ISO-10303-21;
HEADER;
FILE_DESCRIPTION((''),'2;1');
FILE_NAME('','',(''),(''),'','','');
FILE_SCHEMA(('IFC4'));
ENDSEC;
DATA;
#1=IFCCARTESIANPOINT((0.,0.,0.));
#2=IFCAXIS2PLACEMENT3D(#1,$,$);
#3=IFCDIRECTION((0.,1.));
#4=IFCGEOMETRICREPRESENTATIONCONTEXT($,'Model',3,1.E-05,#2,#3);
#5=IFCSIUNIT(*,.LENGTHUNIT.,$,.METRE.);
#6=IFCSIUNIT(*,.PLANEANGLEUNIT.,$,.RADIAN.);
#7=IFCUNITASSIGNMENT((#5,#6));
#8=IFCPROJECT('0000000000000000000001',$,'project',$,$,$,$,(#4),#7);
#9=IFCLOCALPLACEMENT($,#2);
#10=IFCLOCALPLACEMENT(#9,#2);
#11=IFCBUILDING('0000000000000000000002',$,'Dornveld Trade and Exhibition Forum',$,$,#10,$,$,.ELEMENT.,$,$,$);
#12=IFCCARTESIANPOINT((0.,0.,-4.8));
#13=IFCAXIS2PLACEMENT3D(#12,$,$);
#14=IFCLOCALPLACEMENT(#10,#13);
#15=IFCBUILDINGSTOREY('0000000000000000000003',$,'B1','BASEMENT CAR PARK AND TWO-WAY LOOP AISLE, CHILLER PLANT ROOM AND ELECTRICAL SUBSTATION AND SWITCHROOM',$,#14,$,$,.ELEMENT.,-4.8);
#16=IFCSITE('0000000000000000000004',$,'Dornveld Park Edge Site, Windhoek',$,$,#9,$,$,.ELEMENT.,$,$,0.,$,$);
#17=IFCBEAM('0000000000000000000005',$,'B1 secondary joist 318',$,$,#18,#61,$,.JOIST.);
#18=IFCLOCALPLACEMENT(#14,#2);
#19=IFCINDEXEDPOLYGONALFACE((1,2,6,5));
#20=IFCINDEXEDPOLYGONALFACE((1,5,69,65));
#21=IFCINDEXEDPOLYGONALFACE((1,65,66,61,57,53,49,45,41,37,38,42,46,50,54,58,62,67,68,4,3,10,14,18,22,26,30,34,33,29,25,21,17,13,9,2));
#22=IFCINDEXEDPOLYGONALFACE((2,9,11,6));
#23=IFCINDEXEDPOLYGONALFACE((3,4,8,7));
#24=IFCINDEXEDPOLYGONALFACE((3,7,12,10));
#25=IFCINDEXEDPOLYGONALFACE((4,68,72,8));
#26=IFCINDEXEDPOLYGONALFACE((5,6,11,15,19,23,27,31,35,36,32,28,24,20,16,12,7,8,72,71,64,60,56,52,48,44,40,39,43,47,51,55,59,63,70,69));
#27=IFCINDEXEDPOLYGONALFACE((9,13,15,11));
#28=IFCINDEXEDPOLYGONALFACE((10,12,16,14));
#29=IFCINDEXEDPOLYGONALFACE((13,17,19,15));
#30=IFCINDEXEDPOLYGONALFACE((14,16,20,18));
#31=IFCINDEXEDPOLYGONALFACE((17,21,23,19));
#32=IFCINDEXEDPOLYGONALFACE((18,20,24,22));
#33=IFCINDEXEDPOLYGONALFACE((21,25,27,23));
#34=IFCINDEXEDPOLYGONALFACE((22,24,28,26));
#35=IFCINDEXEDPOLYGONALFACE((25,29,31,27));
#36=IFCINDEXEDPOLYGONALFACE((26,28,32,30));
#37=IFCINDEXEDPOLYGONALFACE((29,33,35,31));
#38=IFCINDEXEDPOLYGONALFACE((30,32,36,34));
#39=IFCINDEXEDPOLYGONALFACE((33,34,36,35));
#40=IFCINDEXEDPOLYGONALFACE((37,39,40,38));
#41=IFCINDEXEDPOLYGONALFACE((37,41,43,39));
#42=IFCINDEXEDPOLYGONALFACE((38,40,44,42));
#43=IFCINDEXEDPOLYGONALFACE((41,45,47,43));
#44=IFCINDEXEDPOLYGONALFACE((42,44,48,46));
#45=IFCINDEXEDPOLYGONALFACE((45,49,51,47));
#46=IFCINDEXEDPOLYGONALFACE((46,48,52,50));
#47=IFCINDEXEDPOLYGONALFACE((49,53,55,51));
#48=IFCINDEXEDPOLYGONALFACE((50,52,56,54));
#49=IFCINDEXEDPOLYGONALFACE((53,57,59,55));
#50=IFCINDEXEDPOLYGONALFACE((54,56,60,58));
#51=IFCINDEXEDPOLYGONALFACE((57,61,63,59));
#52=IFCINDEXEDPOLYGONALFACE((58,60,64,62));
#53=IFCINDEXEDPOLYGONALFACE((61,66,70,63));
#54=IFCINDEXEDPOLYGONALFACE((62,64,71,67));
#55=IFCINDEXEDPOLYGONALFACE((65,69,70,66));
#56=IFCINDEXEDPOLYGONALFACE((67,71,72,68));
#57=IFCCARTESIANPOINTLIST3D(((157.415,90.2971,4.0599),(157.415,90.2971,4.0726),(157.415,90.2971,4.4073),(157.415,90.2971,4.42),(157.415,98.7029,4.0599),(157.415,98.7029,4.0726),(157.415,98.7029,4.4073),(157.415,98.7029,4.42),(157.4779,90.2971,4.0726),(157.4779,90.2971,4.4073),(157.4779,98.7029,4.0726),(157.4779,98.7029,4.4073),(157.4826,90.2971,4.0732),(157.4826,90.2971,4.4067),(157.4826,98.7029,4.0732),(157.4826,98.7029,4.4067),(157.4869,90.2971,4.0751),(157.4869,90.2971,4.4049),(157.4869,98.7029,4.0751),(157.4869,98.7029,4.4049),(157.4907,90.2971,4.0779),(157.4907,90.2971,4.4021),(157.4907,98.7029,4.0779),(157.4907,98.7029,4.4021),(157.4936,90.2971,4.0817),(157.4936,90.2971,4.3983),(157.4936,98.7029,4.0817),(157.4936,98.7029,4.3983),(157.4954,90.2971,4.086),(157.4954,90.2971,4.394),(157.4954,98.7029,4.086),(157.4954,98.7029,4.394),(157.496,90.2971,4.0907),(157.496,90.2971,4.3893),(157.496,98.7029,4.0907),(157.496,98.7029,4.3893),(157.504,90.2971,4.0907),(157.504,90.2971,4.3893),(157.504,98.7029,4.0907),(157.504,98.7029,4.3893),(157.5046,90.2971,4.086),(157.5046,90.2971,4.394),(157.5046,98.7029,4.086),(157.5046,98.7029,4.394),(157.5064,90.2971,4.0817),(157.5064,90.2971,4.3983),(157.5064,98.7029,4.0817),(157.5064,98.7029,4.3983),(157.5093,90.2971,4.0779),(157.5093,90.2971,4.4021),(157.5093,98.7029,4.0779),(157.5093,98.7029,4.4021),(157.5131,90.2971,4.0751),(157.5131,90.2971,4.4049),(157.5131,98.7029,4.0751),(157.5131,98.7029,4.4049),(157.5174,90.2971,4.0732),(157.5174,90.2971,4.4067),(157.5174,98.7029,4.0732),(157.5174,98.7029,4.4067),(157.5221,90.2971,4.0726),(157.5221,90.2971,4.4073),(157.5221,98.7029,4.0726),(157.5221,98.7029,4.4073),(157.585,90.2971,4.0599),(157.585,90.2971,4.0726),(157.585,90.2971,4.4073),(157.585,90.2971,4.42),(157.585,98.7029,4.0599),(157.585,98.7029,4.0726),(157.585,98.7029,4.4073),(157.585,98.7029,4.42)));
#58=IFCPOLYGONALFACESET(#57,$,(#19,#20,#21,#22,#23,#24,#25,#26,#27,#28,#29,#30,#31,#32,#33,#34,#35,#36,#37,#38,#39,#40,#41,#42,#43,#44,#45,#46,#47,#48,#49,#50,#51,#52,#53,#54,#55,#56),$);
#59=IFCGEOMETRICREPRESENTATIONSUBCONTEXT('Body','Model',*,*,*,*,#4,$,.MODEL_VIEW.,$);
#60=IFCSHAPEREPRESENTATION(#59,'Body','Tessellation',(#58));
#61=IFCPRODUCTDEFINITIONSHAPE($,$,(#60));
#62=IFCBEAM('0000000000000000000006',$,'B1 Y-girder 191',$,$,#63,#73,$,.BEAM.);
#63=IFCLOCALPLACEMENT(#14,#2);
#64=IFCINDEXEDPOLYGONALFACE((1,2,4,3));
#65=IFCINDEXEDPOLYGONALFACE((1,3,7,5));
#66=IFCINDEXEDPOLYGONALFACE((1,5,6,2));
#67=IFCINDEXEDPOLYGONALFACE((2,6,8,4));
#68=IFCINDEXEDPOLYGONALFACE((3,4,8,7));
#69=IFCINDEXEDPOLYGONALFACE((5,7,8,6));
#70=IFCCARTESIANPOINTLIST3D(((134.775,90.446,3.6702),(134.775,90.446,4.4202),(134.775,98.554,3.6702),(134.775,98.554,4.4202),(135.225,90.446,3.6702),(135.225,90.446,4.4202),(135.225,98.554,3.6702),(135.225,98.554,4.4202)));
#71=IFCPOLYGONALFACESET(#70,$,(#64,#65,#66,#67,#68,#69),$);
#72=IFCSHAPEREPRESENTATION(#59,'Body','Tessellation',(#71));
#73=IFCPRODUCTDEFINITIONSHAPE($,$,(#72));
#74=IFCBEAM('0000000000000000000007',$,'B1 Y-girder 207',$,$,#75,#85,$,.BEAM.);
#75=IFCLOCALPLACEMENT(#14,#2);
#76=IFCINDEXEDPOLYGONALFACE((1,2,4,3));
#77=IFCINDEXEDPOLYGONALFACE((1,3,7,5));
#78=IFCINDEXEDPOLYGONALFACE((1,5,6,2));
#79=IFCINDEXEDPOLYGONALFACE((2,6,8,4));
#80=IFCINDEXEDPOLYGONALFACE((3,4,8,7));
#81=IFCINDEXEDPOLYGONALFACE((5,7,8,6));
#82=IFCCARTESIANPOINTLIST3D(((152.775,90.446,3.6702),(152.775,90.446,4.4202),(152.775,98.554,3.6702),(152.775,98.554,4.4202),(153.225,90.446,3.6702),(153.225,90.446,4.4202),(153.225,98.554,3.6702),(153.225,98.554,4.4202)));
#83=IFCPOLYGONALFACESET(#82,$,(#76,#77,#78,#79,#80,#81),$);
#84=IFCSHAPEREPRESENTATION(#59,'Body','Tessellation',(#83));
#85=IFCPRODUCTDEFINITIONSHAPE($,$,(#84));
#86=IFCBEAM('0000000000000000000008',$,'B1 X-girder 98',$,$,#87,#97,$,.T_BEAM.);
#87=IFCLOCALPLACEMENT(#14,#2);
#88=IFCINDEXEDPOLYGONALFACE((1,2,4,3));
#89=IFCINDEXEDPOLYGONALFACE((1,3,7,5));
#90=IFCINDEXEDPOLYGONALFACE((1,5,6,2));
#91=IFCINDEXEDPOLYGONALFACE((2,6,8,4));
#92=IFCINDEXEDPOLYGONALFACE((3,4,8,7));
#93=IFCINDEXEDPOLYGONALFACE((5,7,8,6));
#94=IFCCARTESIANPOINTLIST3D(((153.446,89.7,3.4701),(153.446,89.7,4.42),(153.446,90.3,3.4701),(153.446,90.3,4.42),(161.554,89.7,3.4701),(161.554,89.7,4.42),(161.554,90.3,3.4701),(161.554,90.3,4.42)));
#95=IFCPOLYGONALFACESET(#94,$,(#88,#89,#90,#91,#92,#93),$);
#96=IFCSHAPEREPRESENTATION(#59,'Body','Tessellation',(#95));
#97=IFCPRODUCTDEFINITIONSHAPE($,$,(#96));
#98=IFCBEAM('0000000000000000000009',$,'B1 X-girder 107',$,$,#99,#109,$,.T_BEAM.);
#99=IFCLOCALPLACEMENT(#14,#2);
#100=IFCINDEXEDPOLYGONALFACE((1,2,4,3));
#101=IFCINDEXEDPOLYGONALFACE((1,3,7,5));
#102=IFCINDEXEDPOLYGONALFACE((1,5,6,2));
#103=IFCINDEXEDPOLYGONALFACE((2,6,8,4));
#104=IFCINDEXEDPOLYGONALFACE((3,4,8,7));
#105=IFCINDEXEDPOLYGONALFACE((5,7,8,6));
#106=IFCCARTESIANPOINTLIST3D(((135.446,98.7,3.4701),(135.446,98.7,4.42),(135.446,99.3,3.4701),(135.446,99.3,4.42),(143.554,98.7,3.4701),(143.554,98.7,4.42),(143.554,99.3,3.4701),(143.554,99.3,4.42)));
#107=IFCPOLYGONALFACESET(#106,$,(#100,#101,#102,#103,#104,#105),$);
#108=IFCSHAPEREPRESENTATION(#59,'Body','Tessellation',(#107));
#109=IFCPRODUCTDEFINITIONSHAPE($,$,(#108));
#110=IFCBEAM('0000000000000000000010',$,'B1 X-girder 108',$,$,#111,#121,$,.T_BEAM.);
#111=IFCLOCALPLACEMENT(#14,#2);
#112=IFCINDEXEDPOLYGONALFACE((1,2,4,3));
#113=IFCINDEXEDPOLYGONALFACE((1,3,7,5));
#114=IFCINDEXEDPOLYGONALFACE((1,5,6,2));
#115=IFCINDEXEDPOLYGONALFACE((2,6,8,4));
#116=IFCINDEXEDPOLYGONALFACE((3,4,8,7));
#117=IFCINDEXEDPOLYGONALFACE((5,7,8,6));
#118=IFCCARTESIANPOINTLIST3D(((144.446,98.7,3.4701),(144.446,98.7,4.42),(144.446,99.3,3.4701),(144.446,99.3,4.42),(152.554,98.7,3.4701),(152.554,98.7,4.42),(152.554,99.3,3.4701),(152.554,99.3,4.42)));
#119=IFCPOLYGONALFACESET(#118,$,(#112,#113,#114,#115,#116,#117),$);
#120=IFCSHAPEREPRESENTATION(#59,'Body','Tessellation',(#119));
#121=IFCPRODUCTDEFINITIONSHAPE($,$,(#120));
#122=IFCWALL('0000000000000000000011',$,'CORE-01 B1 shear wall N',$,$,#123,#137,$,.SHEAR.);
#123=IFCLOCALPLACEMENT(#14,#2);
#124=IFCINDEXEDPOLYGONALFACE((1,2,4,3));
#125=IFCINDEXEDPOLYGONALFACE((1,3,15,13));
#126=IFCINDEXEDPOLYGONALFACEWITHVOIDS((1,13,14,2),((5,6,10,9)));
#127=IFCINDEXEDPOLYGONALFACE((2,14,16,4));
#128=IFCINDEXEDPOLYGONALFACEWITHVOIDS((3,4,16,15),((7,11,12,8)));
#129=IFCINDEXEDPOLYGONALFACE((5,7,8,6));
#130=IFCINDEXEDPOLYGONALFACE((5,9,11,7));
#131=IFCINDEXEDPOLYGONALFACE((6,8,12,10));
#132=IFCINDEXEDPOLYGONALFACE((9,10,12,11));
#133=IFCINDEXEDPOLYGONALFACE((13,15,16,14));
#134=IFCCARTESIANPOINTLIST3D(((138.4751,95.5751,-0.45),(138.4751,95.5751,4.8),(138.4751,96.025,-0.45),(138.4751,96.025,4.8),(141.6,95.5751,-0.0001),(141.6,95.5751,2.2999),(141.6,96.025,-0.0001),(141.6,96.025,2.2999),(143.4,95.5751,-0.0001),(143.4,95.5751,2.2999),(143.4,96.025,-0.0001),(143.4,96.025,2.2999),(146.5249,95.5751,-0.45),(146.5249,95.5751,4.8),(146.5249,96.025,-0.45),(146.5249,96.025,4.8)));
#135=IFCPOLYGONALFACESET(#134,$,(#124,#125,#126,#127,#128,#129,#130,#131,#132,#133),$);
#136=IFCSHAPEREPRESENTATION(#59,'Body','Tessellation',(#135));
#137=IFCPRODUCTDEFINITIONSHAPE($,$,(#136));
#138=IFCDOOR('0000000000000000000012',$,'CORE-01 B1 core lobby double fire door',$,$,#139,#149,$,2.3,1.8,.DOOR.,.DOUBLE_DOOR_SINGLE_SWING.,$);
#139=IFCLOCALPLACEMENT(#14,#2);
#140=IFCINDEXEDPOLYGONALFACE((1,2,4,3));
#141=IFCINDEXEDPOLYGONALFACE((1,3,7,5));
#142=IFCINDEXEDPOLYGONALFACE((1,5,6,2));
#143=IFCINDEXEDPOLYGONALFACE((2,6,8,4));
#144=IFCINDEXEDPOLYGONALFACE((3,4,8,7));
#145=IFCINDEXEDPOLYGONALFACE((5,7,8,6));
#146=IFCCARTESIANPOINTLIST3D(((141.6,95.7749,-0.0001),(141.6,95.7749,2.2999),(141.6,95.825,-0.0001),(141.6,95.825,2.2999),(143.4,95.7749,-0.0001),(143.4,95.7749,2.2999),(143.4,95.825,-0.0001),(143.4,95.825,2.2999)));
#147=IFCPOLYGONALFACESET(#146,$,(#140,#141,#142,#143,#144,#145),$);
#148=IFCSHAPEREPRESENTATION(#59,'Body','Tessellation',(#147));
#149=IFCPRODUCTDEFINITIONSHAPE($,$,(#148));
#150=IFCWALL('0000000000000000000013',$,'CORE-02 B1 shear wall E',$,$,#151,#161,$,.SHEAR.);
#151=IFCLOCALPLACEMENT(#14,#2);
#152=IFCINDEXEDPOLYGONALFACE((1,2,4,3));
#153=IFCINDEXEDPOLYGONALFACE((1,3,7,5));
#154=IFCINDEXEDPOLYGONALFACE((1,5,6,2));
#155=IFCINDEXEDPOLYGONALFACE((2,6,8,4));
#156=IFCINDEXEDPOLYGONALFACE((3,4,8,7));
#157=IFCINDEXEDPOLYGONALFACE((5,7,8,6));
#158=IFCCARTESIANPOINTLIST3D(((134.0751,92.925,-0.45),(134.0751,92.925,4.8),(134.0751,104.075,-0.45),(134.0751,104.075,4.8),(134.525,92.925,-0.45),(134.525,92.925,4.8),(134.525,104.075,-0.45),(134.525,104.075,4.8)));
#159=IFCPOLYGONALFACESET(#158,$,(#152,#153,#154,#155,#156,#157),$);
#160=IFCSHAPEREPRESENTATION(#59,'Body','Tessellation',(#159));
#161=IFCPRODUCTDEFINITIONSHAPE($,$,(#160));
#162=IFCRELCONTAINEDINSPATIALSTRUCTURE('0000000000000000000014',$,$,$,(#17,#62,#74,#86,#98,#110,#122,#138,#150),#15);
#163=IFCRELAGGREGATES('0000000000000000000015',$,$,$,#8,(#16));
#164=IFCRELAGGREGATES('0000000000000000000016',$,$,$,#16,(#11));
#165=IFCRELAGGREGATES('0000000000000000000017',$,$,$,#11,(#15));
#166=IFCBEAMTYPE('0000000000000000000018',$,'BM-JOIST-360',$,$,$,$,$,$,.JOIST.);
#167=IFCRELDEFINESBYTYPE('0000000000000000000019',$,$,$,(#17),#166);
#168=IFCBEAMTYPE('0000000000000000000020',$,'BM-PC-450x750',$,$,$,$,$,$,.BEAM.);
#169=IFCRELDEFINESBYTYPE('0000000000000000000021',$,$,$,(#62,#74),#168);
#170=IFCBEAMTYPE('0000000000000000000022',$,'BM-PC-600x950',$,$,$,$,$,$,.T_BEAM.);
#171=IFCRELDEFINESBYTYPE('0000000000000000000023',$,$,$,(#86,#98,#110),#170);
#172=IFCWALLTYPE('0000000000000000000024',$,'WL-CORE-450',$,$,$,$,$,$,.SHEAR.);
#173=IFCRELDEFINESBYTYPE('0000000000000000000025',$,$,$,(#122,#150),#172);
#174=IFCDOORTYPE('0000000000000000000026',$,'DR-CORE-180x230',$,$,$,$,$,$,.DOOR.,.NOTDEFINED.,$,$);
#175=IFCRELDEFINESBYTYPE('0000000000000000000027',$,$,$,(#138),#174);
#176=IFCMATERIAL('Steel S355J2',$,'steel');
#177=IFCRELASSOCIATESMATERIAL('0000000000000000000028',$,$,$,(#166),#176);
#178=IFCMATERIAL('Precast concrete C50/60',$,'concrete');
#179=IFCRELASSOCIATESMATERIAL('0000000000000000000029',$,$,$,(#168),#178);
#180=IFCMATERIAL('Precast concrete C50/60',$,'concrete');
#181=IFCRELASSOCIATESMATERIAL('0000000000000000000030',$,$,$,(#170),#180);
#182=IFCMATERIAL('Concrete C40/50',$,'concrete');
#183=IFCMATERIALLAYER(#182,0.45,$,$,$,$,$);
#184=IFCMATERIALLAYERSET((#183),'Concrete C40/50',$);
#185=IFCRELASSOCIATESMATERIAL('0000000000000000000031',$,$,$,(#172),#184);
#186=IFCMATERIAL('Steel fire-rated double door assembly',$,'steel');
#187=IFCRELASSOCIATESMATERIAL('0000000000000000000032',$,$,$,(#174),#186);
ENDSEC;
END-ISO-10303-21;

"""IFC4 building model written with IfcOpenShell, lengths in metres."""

from ifc_helpers import new_model, si_unit, direction, frame, frame_2d, origin, origin_2d, place, context, subcontext, project, spatial, rectangle, i_section, extrude, material, layer, layer_set, material_profile, profile_set, type_object, element, fill, save


model = new_model("IFC4")

# Units and contexts
model_context = context("Model", 3, precision=1e-05, world=origin(), true_north=direction((0.0, 1.0)))
body_context = subcontext(model_context, "Body", "Model", "MODEL_VIEW")
ifc_project = project(units=[si_unit("LENGTHUNIT", "METRE"), si_unit("PLANEANGLEUNIT", "RADIAN")], contexts=[model_context])

# Site, building, storey
site_placement = place(None, origin())
site = spatial("IfcSite", under=ifc_project, at=site_placement, Name="Dornveld Park Edge Site, Windhoek", CompositionType="ELEMENT", RefElevation=0.0)
building_placement = place(site_placement, origin())
building = spatial("IfcBuilding", under=site, at=building_placement, Name="Dornveld Trade and Exhibition Forum", CompositionType="ELEMENT")
storey_placement = place(building_placement, frame((0.0, 0.0, -4.8)))
storey = spatial("IfcBuildingStorey", under=building, at=storey_placement, Name="B1", Description="BASEMENT CAR PARK AND TWO-WAY LOOP AISLE, CHILLER PLANT ROOM AND ELECTRICAL SUBSTATION AND SWITCHROOM", CompositionType="ELEMENT", Elevation=-4.8)

# Beams
ifc_material_1 = material(Name="Steel S355J2", Category="steel")
ifc_material_profile_1 = material_profile(ifc_material_1, i_section(OverallWidth=0.1699, OverallDepth=0.3601, WebThickness=0.0081, FlangeThickness=0.0127, FilletRadius=0.0181, at=origin_2d()), Name="IPE 360")
ifc_profile_set_1 = profile_set([ifc_material_profile_1], Name="Steel S355J2")
beam_type_1 = type_object("IfcBeamType", Name="BM-JOIST-360", PredefinedType="JOIST", material=ifc_profile_set_1)
beam_placement = place(storey_placement, frame((157.5, 90.2971, 4.24), z_axis=(0.0, 1.0, 0.0), x_axis=(-1.0, 0.0, 0.0)))
element("IfcBeam", 1, at=beam_placement, inside=storey, type_object=beam_type_1, Name="B1 secondary joist 318", PredefinedType="JOIST", context=body_context, shape_type="SweptSolid", body=[
    extrude(i_section(OverallWidth=0.1699, OverallDepth=0.3601, WebThickness=0.0081, FlangeThickness=0.0127, FilletRadius=0.0181, at=origin_2d()), origin(), (0.0, 0.0, 1.0), 8.4058),
])
ifc_material_2 = material(Name="Precast concrete C50/60", Category="concrete")
ifc_material_profile_2 = material_profile(ifc_material_2, rectangle(XDim=0.45, YDim=0.75, at=origin_2d()), Name="PC-BM 450x750")
ifc_profile_set_2 = profile_set([ifc_material_profile_2], Name="Precast concrete C50/60")
beam_type_2 = type_object("IfcBeamType", Name="BM-PC-450x750", PredefinedType="BEAM", material=ifc_profile_set_2)
for number, where, z_axis, x_axis, name in (
    (2, (135.0, 90.446, 4.0452), (0.0, 1.0, 0.0), (-1.0, 0.0, 0.0), "B1 Y-girder 191"),
    (3, (153.0, 90.446, 4.0452), (0.0, 1.0, 0.0), (-1.0, 0.0, 0.0), "B1 Y-girder 207"),
):
    element("IfcBeam", number, at=place(storey_placement, frame(where, z_axis=z_axis, x_axis=x_axis)), inside=storey, type_object=beam_type_2, Name=name, PredefinedType="BEAM", context=body_context, shape_type="SweptSolid", body=[
        extrude(rectangle(XDim=0.45, YDim=0.75, at=origin_2d()), origin(), (0.0, 0.0, 1.0), 8.1079),
    ])
ifc_material_3 = material(Name="Precast concrete C50/60", Category="concrete")
ifc_material_profile_3 = material_profile(ifc_material_3, rectangle(XDim=0.6001, YDim=0.95, at=origin_2d()), Name="PC-GIR 600x950")
ifc_profile_set_3 = profile_set([ifc_material_profile_3], Name="Precast concrete C50/60")
beam_type_3 = type_object("IfcBeamType", Name="BM-PC-600x950", PredefinedType="T_BEAM", material=ifc_profile_set_3)
for number, where, z_axis, x_axis, name in (
    (4, (153.446, 90.0, 3.9451), (1.0, 0.0, 0.0), (0.0, 1.0, 0.0), "B1 X-girder 98"),
    (5, (135.446, 99.0, 3.9451), (1.0, 0.0, 0.0), (0.0, 1.0, 0.0), "B1 X-girder 107"),
    (6, (144.446, 99.0, 3.9451), (1.0, 0.0, 0.0), (0.0, 1.0, 0.0), "B1 X-girder 108"),
):
    element("IfcBeam", number, at=place(storey_placement, frame(where, z_axis=z_axis, x_axis=x_axis)), inside=storey, type_object=beam_type_3, Name=name, PredefinedType="T_BEAM", context=body_context, shape_type="SweptSolid", body=[
        extrude(rectangle(XDim=0.6001, YDim=0.95, at=origin_2d()), origin(), (0.0, 0.0, 1.0), 8.1079),
    ])

# Wall, opening, door
ifc_material_4 = material(Name="Concrete C40/50", Category="concrete")
ifc_layer_1 = layer(ifc_material_4, 0.45)
ifc_layer_set_1 = layer_set([ifc_layer_1], Name="Concrete C40/50")
wall_type_1 = type_object("IfcWallType", Name="WL-CORE-450", PredefinedType="SHEAR", material=ifc_layer_set_1)
wall_1_placement = place(storey_placement, frame((138.4751, 95.8, -0.45), z_axis=(0.0, 0.0, 1.0), x_axis=(1.0, 0.0, 0.0)))
wall_1 = element("IfcWall", 7, at=wall_1_placement, inside=storey, type_object=wall_type_1, Name="CORE-01 B1 shear wall N", PredefinedType="SHEAR", context=body_context, shape_type="SweptSolid", body=[
    extrude(rectangle(XDim=8.0498, YDim=0.45, at=frame_2d((4.0249, 0.0))), origin(), (0.0, 0.0, 1.0), 5.25),
])
opening_1_placement = place(wall_1_placement, frame((3.125, 0.0, 0.45)))
opening_1 = element("IfcOpeningElement", 8, at=opening_1_placement, cuts=wall_1, PredefinedType="OPENING", context=body_context, shape_type="SweptSolid", body=[
    extrude(rectangle(XDim=1.8, YDim=2.3, at=frame_2d((0.8999, 1.1499))), frame((0.0, 0.2349, 0.0), z_axis=(0.0, -1.0, 0.0), x_axis=(1.0, 0.0, 0.0)), (0.0, 0.0, 1.0), 0.47),
])
ifc_material_5 = material(Name="Steel fire-rated double door assembly", Category="steel")
door_type_1 = type_object("IfcDoorType", Name="DR-CORE-180x230", OperationType="NOTDEFINED", PredefinedType="DOOR", material=ifc_material_5)
door_1_placement = place(opening_1_placement, origin())
door_1 = element("IfcDoor", 9, at=door_1_placement, inside=storey, type_object=door_type_1, Name="CORE-01 B1 core lobby double fire door", OperationType="DOUBLE_DOOR_SINGLE_SWING", OverallHeight=2.3, OverallWidth=1.8, PredefinedType="DOOR", context=body_context, shape_type="SweptSolid", body=[
    extrude(rectangle(XDim=1.8, YDim=2.3, at=frame_2d((0.8999, 1.1499))), frame((0.0, 0.0249, 0.0), z_axis=(0.0, -1.0, 0.0), x_axis=(1.0, 0.0, 0.0)), (0.0, 0.0, 1.0), 0.05),
])
fill(opening_1, door_1)

# Wall
wall_2_placement = place(storey_placement, frame((134.3, 92.925, -0.45), z_axis=(0.0, 0.0, 1.0), x_axis=(0.0, 1.0, 0.0)))
element("IfcWall", 10, at=wall_2_placement, inside=storey, type_object=wall_type_1, Name="CORE-02 B1 shear wall E", PredefinedType="SHEAR", context=body_context, shape_type="SweptSolid", body=[
    extrude(rectangle(XDim=11.1499, YDim=0.45, at=frame_2d((5.575, 0.0))), origin(), (0.0, 0.0, 1.0), 5.25),
])

save(model, "model.ifc")
